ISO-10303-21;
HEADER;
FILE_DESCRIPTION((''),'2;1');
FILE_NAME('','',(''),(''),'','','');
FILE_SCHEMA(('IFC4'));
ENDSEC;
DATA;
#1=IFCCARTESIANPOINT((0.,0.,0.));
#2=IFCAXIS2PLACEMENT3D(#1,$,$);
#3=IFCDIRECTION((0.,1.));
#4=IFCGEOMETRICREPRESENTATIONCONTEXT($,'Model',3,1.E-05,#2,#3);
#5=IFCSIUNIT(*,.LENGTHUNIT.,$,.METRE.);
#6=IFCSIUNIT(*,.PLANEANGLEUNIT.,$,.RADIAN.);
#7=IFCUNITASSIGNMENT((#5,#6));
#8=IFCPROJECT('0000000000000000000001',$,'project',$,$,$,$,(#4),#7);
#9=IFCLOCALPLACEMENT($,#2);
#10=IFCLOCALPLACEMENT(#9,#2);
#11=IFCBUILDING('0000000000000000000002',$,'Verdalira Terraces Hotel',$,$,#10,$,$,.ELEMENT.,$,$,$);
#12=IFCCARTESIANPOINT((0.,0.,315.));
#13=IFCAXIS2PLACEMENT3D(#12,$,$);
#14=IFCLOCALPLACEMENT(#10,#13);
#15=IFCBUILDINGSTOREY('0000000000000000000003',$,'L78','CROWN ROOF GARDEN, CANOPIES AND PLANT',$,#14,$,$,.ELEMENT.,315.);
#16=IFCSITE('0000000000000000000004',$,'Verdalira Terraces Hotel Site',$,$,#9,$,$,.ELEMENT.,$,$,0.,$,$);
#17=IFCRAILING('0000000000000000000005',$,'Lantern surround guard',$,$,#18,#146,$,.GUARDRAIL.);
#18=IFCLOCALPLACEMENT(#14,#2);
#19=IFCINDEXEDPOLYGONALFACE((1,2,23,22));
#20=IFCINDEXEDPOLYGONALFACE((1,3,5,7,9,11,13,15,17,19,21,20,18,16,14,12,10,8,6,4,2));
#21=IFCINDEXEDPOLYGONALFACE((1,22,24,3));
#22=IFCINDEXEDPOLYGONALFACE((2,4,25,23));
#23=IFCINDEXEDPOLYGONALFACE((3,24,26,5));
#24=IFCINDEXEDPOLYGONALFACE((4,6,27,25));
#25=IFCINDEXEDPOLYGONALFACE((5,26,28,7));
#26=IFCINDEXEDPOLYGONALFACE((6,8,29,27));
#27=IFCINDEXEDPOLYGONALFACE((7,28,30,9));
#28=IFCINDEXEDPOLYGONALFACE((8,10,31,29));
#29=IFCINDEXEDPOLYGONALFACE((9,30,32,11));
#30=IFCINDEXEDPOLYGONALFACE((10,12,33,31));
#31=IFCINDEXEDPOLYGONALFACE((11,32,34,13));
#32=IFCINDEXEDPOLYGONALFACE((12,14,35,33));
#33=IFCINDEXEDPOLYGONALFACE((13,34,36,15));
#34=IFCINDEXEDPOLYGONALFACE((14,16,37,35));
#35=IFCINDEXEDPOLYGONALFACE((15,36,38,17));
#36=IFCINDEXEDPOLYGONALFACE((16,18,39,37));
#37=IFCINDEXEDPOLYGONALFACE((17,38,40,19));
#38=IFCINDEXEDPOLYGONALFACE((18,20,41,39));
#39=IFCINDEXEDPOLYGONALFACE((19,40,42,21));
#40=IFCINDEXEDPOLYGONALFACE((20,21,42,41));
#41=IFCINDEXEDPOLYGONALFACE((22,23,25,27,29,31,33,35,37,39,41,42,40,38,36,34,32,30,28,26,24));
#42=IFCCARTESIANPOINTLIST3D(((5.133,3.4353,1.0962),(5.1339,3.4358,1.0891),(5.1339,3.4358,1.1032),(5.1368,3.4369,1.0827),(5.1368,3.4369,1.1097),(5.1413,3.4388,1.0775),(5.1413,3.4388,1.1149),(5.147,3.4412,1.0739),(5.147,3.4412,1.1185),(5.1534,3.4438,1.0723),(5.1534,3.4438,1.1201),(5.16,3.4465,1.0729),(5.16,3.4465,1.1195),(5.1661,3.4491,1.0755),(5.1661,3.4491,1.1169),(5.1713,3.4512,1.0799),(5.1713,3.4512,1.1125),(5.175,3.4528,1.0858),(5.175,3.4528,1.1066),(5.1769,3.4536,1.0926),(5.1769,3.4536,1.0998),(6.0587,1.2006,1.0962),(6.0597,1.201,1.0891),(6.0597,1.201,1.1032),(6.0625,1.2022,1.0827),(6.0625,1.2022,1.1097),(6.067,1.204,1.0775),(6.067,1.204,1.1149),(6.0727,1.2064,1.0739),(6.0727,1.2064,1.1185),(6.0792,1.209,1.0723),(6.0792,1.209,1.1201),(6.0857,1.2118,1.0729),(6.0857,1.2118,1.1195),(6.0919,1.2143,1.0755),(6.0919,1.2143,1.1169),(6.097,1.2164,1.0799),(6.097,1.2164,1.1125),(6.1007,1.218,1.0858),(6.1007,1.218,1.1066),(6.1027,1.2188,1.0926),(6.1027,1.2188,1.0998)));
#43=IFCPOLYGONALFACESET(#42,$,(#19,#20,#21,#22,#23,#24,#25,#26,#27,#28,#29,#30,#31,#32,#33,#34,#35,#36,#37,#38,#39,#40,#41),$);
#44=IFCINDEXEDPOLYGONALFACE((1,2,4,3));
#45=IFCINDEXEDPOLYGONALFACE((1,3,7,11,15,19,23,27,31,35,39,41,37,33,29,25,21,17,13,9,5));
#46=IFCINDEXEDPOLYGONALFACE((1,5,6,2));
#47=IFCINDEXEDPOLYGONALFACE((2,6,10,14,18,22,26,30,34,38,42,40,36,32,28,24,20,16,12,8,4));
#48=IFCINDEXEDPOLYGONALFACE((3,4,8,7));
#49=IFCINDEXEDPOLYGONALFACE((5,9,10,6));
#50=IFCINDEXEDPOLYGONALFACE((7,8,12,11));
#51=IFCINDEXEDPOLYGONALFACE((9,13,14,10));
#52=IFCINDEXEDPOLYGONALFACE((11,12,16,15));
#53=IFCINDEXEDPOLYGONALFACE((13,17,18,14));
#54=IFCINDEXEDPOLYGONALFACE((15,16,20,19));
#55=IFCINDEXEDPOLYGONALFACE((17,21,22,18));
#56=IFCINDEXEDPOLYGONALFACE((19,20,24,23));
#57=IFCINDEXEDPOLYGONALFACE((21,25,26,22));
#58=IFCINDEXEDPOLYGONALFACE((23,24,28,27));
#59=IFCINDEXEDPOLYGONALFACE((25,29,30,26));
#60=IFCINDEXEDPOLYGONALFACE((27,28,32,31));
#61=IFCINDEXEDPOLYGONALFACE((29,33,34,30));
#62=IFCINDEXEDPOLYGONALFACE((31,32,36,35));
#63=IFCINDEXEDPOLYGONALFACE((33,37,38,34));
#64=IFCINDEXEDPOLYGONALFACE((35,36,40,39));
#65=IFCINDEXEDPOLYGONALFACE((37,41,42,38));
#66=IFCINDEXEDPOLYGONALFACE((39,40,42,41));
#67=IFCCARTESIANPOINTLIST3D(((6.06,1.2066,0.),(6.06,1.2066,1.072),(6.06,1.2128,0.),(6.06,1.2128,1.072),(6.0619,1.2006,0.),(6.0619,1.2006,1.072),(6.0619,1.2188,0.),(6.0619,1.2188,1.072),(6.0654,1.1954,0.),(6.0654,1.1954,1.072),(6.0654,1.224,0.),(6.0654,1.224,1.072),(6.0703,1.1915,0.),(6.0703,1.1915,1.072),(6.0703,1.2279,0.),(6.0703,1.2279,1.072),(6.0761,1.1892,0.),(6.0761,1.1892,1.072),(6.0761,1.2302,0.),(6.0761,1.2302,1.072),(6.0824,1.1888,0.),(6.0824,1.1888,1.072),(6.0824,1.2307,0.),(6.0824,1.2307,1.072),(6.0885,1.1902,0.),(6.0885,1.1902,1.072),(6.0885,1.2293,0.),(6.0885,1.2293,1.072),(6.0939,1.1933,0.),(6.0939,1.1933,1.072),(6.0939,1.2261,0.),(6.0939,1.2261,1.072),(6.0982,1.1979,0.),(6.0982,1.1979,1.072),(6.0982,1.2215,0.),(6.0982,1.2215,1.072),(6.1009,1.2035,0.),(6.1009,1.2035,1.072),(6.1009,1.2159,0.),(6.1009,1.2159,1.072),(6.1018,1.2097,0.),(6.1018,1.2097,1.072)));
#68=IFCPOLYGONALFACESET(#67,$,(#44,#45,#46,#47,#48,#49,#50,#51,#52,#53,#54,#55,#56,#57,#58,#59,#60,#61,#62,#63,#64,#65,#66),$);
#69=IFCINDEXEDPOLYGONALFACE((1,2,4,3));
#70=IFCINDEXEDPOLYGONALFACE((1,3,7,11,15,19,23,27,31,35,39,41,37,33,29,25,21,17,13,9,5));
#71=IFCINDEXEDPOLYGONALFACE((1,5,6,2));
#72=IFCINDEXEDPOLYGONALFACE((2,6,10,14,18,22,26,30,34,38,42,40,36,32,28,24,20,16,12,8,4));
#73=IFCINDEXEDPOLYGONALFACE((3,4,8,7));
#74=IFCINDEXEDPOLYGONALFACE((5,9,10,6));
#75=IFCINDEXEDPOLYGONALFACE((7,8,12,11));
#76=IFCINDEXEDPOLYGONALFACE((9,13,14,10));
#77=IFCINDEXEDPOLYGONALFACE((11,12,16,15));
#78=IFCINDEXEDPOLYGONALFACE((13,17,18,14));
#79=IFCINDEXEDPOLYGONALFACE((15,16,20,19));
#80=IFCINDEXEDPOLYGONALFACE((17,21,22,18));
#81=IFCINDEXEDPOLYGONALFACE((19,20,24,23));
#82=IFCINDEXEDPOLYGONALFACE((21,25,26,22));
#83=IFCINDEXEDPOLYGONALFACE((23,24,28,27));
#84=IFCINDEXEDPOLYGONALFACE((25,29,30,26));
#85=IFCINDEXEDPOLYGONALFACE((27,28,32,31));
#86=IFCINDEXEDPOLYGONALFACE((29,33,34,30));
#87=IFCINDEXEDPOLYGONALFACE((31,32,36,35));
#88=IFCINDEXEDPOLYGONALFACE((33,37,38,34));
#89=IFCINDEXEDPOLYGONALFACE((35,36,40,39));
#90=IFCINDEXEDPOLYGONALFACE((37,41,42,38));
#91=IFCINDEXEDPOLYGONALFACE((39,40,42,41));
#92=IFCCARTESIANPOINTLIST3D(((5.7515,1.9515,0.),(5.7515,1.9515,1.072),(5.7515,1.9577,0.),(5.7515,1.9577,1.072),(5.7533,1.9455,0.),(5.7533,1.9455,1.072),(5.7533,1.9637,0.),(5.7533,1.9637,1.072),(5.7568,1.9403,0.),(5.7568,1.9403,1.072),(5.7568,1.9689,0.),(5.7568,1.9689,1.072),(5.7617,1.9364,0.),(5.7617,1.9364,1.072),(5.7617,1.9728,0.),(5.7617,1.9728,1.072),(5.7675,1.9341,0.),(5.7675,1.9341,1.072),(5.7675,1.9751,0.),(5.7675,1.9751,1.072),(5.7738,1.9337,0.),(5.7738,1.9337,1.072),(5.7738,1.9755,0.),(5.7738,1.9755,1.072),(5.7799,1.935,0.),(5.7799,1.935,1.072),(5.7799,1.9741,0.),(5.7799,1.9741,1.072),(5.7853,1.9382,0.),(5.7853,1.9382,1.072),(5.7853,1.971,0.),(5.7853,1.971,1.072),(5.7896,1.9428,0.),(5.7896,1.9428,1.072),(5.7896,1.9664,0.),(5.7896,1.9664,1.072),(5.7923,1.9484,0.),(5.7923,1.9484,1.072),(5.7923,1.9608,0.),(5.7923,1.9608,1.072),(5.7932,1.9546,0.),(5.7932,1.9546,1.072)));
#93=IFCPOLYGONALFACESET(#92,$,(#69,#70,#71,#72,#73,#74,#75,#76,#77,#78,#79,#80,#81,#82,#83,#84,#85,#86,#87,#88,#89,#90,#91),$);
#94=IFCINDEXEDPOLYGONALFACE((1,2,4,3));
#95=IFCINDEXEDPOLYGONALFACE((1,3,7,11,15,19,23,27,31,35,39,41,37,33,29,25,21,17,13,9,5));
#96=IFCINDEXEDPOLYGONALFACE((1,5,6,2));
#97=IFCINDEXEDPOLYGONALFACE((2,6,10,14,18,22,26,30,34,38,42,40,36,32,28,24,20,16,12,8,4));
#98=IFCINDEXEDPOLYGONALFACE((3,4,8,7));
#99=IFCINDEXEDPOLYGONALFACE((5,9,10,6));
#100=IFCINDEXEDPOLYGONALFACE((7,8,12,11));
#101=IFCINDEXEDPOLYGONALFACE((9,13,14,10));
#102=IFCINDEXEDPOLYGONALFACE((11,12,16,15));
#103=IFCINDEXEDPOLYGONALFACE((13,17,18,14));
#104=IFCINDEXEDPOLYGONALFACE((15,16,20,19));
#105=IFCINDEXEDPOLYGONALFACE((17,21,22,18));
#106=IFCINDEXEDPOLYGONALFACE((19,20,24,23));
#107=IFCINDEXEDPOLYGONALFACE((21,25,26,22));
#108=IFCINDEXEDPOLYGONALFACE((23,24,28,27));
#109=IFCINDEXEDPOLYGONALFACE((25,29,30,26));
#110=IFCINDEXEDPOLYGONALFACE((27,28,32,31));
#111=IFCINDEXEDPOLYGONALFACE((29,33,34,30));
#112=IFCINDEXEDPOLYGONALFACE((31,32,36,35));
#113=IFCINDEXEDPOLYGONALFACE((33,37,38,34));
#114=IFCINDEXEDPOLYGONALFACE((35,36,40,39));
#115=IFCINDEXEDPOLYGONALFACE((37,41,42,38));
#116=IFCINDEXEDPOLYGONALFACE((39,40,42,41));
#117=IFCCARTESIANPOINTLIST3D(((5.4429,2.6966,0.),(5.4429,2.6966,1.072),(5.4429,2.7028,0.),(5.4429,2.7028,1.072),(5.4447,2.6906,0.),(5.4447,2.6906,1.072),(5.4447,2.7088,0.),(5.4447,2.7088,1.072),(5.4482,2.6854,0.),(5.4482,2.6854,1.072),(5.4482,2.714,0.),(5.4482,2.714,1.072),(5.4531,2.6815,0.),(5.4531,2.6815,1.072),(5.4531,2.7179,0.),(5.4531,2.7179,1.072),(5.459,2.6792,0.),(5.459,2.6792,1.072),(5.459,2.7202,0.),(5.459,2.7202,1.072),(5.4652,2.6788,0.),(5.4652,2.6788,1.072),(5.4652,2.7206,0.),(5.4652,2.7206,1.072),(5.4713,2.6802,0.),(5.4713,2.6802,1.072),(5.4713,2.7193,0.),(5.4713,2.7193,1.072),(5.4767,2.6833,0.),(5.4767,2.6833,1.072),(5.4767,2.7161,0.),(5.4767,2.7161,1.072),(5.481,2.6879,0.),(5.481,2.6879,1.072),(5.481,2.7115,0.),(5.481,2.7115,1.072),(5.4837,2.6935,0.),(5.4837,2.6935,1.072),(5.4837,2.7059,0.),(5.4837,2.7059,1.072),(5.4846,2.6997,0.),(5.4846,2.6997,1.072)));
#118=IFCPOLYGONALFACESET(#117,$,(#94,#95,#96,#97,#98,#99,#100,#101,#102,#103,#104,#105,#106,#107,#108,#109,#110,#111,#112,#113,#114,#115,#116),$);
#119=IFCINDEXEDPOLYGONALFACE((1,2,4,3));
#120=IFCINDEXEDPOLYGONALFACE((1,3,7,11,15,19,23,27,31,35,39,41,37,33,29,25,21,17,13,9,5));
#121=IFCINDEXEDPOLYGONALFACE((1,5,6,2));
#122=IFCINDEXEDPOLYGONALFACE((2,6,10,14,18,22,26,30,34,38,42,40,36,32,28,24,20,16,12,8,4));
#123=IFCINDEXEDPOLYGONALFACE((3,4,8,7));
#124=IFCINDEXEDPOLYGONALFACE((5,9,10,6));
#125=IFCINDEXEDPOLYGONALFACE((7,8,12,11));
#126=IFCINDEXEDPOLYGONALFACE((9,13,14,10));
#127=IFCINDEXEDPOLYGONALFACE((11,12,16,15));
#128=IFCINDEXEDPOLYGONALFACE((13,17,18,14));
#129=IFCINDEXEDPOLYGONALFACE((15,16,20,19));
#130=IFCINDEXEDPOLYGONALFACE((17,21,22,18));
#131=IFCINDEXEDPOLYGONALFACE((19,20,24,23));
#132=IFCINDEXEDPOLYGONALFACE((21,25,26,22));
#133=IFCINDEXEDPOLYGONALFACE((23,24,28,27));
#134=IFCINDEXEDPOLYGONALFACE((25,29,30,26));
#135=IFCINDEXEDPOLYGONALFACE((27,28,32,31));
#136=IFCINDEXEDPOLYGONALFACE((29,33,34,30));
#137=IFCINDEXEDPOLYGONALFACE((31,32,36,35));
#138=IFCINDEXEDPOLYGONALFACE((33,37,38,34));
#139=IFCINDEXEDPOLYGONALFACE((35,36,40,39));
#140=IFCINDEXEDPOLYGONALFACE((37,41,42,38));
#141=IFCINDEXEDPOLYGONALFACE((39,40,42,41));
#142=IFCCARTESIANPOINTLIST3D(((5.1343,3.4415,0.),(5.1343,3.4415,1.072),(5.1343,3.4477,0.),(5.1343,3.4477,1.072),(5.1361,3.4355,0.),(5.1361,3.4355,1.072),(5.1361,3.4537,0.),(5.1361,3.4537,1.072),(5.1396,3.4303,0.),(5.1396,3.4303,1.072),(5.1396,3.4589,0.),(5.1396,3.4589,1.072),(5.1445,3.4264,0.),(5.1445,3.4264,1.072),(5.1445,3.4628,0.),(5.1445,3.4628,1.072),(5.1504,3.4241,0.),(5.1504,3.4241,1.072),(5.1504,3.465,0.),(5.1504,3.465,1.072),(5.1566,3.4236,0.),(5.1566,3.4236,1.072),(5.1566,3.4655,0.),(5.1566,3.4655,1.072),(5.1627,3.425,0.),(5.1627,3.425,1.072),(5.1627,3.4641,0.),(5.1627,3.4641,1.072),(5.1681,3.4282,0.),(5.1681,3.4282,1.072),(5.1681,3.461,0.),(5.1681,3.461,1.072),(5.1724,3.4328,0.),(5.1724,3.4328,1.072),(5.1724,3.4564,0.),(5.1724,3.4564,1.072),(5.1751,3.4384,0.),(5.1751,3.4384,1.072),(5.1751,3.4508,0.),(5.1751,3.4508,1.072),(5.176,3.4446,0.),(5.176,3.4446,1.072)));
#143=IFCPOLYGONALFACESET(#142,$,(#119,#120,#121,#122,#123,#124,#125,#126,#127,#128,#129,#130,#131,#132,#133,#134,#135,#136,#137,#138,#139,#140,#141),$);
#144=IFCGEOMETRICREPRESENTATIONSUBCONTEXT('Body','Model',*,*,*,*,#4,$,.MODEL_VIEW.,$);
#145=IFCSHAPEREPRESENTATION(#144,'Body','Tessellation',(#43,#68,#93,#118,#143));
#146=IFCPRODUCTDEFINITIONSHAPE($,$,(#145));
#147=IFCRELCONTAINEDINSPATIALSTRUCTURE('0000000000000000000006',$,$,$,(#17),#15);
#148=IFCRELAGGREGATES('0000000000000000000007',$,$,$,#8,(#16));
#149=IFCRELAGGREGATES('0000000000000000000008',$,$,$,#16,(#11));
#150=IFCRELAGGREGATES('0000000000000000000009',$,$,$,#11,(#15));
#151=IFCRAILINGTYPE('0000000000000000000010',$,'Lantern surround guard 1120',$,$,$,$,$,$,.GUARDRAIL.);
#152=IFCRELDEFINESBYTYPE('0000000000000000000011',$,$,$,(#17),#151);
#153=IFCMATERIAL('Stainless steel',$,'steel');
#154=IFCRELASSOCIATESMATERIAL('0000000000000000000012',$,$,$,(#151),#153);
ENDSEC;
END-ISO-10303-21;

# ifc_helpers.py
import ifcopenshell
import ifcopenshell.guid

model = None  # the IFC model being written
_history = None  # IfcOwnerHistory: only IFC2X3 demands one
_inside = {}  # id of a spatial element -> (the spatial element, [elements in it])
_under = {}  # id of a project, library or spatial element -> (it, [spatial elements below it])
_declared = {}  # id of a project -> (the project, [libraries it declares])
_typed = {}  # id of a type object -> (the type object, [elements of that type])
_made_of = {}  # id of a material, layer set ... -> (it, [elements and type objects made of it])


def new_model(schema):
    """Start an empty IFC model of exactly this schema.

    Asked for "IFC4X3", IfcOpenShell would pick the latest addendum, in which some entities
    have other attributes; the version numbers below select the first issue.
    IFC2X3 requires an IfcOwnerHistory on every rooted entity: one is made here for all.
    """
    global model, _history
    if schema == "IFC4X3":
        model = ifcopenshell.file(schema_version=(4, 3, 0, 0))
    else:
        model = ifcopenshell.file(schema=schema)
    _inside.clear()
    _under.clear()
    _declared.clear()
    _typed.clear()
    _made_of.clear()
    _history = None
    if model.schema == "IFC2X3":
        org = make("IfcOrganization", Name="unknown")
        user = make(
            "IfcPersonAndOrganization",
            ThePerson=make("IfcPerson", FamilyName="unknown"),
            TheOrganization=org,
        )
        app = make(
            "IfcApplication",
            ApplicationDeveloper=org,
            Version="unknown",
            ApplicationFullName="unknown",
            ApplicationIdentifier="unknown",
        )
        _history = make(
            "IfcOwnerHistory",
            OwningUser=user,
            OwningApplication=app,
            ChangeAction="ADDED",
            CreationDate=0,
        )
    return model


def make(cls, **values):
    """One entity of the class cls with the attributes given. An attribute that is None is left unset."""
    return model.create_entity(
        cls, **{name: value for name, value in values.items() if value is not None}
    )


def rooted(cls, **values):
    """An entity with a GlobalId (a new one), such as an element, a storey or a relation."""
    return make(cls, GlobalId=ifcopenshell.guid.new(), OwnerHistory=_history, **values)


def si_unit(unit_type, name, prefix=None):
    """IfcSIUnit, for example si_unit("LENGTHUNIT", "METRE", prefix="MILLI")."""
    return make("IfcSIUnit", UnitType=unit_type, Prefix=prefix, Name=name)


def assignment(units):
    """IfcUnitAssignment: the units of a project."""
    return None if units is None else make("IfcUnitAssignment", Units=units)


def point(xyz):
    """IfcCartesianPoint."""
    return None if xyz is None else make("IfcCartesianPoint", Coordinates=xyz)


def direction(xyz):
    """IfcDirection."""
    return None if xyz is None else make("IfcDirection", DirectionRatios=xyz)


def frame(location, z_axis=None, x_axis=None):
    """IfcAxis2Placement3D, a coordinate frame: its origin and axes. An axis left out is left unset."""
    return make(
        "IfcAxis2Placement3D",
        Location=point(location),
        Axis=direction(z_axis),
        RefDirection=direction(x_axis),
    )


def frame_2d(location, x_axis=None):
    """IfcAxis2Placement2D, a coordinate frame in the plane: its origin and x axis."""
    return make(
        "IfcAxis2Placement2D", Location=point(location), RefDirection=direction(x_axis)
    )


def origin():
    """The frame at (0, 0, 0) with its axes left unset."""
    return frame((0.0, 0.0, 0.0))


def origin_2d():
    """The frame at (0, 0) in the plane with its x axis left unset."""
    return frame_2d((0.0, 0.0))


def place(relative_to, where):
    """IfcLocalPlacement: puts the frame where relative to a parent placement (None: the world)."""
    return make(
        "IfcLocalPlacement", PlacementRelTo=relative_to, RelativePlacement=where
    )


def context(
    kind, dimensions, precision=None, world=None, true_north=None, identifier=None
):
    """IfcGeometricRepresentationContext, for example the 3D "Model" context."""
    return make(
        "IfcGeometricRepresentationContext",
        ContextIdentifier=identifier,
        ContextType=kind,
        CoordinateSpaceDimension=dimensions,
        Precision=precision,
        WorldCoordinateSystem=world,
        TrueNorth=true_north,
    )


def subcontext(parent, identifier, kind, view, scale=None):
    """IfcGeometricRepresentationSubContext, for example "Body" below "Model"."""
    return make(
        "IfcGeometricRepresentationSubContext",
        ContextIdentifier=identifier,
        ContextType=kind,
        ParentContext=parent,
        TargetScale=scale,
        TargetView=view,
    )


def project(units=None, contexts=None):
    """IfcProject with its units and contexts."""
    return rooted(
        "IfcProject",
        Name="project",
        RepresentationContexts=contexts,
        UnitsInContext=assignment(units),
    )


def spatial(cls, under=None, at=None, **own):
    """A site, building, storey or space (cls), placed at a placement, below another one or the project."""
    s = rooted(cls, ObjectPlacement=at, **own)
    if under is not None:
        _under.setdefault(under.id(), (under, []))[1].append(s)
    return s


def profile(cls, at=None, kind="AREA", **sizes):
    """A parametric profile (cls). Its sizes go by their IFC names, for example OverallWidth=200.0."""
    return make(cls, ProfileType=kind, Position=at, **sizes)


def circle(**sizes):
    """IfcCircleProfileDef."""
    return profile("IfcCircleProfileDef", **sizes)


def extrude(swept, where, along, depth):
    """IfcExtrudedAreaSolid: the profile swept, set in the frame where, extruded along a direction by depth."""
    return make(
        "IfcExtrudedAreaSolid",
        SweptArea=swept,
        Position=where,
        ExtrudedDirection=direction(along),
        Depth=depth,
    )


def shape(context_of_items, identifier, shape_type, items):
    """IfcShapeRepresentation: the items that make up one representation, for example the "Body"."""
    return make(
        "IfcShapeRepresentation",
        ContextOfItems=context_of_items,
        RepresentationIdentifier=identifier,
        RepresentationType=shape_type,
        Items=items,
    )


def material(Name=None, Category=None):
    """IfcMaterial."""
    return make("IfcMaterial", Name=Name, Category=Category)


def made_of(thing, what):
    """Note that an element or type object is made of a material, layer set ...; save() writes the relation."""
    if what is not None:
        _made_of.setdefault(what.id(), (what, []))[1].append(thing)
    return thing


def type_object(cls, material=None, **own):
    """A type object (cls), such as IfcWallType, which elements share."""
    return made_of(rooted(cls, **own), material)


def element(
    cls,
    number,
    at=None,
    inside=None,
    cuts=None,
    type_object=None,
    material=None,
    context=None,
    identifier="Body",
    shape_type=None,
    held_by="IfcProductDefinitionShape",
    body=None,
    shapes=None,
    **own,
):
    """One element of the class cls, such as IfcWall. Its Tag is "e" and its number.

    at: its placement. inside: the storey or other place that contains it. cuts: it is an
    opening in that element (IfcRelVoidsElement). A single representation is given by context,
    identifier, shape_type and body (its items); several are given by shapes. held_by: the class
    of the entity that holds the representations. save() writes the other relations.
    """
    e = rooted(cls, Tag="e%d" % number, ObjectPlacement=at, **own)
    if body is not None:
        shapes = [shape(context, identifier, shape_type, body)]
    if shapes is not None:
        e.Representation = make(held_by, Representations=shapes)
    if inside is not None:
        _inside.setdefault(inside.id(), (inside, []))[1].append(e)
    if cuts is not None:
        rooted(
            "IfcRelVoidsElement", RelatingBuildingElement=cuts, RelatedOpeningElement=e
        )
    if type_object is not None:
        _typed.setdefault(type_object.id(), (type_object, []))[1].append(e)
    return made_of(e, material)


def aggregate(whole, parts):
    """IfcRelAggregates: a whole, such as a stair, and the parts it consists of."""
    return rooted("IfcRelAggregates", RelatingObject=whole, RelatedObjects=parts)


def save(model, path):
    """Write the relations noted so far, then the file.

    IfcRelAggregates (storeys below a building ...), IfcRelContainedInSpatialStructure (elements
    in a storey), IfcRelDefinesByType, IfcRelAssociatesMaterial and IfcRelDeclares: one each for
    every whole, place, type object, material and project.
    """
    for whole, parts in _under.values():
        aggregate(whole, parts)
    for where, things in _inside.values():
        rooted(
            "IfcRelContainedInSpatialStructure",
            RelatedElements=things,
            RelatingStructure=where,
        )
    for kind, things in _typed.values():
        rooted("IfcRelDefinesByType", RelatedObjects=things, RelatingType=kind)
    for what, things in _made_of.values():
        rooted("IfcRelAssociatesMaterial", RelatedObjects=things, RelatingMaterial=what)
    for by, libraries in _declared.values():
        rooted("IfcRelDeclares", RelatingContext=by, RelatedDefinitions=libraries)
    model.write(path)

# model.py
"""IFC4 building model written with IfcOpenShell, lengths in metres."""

from ifc_helpers import new_model, si_unit, direction, frame, origin, origin_2d, place, context, subcontext, project, spatial, circle, extrude, material, type_object, element, save


model = new_model("IFC4")

# Units and contexts
model_context = context("Model", 3, precision=1e-05, world=origin(), true_north=direction((0.0, 1.0)))
body_context = subcontext(model_context, "Body", "Model", "MODEL_VIEW")
ifc_project = project(units=[si_unit("LENGTHUNIT", "METRE"), si_unit("PLANEANGLEUNIT", "RADIAN")], contexts=[model_context])

# Site, building, storey
site_placement = place(None, origin())
site = spatial("IfcSite", under=ifc_project, at=site_placement, Name="Verdalira Terraces Hotel Site", CompositionType="ELEMENT", RefElevation=0.0)
building_placement = place(site_placement, origin())
building = spatial("IfcBuilding", under=site, at=building_placement, Name="Verdalira Terraces Hotel", CompositionType="ELEMENT")
storey_placement = place(building_placement, frame((0.0, 0.0, 315.0)))
storey = spatial("IfcBuildingStorey", under=building, at=storey_placement, Name="L78", Description="CROWN ROOF GARDEN, CANOPIES AND PLANT", CompositionType="ELEMENT", Elevation=315.0)

# Railing
ifc_material_1 = material(Name="Stainless steel", Category="steel")
railing_type_1 = type_object("IfcRailingType", Name="Lantern surround guard 1120", PredefinedType="GUARDRAIL", material=ifc_material_1)
railing_1_placement = place(storey_placement, frame((6.0808, 1.2097, 0.0)))
element("IfcRailing", 1, at=railing_1_placement, inside=storey, type_object=railing_type_1, Name="Lantern surround guard", PredefinedType="GUARDRAIL", context=body_context, shape_type="SweptSolid", body=[
    extrude(circle(Radius=0.0239, at=origin_2d()), frame((0.0, 0.0, 1.0962), z_axis=(-0.382708, 0.923869, 0.0), x_axis=(-0.923869, -0.382708, 0.0)), (0.0, 0.0, 1.0), 2.4189),
    extrude(circle(Radius=0.021, at=origin_2d()), origin(), (0.0, 0.0, 1.0), 1.072),
    extrude(circle(Radius=0.021, at=origin_2d()), frame((-0.3086, 0.7449, 0.0)), (0.0, 0.0, 1.0), 1.072),
    extrude(circle(Radius=0.021, at=origin_2d()), frame((-0.6172, 1.49, 0.0)), (0.0, 0.0, 1.0), 1.072),
    extrude(circle(Radius=0.021, at=origin_2d()), frame((-0.9258, 2.2349, 0.0)), (0.0, 0.0, 1.0), 1.072),
])

save(model, "model.ifc")
